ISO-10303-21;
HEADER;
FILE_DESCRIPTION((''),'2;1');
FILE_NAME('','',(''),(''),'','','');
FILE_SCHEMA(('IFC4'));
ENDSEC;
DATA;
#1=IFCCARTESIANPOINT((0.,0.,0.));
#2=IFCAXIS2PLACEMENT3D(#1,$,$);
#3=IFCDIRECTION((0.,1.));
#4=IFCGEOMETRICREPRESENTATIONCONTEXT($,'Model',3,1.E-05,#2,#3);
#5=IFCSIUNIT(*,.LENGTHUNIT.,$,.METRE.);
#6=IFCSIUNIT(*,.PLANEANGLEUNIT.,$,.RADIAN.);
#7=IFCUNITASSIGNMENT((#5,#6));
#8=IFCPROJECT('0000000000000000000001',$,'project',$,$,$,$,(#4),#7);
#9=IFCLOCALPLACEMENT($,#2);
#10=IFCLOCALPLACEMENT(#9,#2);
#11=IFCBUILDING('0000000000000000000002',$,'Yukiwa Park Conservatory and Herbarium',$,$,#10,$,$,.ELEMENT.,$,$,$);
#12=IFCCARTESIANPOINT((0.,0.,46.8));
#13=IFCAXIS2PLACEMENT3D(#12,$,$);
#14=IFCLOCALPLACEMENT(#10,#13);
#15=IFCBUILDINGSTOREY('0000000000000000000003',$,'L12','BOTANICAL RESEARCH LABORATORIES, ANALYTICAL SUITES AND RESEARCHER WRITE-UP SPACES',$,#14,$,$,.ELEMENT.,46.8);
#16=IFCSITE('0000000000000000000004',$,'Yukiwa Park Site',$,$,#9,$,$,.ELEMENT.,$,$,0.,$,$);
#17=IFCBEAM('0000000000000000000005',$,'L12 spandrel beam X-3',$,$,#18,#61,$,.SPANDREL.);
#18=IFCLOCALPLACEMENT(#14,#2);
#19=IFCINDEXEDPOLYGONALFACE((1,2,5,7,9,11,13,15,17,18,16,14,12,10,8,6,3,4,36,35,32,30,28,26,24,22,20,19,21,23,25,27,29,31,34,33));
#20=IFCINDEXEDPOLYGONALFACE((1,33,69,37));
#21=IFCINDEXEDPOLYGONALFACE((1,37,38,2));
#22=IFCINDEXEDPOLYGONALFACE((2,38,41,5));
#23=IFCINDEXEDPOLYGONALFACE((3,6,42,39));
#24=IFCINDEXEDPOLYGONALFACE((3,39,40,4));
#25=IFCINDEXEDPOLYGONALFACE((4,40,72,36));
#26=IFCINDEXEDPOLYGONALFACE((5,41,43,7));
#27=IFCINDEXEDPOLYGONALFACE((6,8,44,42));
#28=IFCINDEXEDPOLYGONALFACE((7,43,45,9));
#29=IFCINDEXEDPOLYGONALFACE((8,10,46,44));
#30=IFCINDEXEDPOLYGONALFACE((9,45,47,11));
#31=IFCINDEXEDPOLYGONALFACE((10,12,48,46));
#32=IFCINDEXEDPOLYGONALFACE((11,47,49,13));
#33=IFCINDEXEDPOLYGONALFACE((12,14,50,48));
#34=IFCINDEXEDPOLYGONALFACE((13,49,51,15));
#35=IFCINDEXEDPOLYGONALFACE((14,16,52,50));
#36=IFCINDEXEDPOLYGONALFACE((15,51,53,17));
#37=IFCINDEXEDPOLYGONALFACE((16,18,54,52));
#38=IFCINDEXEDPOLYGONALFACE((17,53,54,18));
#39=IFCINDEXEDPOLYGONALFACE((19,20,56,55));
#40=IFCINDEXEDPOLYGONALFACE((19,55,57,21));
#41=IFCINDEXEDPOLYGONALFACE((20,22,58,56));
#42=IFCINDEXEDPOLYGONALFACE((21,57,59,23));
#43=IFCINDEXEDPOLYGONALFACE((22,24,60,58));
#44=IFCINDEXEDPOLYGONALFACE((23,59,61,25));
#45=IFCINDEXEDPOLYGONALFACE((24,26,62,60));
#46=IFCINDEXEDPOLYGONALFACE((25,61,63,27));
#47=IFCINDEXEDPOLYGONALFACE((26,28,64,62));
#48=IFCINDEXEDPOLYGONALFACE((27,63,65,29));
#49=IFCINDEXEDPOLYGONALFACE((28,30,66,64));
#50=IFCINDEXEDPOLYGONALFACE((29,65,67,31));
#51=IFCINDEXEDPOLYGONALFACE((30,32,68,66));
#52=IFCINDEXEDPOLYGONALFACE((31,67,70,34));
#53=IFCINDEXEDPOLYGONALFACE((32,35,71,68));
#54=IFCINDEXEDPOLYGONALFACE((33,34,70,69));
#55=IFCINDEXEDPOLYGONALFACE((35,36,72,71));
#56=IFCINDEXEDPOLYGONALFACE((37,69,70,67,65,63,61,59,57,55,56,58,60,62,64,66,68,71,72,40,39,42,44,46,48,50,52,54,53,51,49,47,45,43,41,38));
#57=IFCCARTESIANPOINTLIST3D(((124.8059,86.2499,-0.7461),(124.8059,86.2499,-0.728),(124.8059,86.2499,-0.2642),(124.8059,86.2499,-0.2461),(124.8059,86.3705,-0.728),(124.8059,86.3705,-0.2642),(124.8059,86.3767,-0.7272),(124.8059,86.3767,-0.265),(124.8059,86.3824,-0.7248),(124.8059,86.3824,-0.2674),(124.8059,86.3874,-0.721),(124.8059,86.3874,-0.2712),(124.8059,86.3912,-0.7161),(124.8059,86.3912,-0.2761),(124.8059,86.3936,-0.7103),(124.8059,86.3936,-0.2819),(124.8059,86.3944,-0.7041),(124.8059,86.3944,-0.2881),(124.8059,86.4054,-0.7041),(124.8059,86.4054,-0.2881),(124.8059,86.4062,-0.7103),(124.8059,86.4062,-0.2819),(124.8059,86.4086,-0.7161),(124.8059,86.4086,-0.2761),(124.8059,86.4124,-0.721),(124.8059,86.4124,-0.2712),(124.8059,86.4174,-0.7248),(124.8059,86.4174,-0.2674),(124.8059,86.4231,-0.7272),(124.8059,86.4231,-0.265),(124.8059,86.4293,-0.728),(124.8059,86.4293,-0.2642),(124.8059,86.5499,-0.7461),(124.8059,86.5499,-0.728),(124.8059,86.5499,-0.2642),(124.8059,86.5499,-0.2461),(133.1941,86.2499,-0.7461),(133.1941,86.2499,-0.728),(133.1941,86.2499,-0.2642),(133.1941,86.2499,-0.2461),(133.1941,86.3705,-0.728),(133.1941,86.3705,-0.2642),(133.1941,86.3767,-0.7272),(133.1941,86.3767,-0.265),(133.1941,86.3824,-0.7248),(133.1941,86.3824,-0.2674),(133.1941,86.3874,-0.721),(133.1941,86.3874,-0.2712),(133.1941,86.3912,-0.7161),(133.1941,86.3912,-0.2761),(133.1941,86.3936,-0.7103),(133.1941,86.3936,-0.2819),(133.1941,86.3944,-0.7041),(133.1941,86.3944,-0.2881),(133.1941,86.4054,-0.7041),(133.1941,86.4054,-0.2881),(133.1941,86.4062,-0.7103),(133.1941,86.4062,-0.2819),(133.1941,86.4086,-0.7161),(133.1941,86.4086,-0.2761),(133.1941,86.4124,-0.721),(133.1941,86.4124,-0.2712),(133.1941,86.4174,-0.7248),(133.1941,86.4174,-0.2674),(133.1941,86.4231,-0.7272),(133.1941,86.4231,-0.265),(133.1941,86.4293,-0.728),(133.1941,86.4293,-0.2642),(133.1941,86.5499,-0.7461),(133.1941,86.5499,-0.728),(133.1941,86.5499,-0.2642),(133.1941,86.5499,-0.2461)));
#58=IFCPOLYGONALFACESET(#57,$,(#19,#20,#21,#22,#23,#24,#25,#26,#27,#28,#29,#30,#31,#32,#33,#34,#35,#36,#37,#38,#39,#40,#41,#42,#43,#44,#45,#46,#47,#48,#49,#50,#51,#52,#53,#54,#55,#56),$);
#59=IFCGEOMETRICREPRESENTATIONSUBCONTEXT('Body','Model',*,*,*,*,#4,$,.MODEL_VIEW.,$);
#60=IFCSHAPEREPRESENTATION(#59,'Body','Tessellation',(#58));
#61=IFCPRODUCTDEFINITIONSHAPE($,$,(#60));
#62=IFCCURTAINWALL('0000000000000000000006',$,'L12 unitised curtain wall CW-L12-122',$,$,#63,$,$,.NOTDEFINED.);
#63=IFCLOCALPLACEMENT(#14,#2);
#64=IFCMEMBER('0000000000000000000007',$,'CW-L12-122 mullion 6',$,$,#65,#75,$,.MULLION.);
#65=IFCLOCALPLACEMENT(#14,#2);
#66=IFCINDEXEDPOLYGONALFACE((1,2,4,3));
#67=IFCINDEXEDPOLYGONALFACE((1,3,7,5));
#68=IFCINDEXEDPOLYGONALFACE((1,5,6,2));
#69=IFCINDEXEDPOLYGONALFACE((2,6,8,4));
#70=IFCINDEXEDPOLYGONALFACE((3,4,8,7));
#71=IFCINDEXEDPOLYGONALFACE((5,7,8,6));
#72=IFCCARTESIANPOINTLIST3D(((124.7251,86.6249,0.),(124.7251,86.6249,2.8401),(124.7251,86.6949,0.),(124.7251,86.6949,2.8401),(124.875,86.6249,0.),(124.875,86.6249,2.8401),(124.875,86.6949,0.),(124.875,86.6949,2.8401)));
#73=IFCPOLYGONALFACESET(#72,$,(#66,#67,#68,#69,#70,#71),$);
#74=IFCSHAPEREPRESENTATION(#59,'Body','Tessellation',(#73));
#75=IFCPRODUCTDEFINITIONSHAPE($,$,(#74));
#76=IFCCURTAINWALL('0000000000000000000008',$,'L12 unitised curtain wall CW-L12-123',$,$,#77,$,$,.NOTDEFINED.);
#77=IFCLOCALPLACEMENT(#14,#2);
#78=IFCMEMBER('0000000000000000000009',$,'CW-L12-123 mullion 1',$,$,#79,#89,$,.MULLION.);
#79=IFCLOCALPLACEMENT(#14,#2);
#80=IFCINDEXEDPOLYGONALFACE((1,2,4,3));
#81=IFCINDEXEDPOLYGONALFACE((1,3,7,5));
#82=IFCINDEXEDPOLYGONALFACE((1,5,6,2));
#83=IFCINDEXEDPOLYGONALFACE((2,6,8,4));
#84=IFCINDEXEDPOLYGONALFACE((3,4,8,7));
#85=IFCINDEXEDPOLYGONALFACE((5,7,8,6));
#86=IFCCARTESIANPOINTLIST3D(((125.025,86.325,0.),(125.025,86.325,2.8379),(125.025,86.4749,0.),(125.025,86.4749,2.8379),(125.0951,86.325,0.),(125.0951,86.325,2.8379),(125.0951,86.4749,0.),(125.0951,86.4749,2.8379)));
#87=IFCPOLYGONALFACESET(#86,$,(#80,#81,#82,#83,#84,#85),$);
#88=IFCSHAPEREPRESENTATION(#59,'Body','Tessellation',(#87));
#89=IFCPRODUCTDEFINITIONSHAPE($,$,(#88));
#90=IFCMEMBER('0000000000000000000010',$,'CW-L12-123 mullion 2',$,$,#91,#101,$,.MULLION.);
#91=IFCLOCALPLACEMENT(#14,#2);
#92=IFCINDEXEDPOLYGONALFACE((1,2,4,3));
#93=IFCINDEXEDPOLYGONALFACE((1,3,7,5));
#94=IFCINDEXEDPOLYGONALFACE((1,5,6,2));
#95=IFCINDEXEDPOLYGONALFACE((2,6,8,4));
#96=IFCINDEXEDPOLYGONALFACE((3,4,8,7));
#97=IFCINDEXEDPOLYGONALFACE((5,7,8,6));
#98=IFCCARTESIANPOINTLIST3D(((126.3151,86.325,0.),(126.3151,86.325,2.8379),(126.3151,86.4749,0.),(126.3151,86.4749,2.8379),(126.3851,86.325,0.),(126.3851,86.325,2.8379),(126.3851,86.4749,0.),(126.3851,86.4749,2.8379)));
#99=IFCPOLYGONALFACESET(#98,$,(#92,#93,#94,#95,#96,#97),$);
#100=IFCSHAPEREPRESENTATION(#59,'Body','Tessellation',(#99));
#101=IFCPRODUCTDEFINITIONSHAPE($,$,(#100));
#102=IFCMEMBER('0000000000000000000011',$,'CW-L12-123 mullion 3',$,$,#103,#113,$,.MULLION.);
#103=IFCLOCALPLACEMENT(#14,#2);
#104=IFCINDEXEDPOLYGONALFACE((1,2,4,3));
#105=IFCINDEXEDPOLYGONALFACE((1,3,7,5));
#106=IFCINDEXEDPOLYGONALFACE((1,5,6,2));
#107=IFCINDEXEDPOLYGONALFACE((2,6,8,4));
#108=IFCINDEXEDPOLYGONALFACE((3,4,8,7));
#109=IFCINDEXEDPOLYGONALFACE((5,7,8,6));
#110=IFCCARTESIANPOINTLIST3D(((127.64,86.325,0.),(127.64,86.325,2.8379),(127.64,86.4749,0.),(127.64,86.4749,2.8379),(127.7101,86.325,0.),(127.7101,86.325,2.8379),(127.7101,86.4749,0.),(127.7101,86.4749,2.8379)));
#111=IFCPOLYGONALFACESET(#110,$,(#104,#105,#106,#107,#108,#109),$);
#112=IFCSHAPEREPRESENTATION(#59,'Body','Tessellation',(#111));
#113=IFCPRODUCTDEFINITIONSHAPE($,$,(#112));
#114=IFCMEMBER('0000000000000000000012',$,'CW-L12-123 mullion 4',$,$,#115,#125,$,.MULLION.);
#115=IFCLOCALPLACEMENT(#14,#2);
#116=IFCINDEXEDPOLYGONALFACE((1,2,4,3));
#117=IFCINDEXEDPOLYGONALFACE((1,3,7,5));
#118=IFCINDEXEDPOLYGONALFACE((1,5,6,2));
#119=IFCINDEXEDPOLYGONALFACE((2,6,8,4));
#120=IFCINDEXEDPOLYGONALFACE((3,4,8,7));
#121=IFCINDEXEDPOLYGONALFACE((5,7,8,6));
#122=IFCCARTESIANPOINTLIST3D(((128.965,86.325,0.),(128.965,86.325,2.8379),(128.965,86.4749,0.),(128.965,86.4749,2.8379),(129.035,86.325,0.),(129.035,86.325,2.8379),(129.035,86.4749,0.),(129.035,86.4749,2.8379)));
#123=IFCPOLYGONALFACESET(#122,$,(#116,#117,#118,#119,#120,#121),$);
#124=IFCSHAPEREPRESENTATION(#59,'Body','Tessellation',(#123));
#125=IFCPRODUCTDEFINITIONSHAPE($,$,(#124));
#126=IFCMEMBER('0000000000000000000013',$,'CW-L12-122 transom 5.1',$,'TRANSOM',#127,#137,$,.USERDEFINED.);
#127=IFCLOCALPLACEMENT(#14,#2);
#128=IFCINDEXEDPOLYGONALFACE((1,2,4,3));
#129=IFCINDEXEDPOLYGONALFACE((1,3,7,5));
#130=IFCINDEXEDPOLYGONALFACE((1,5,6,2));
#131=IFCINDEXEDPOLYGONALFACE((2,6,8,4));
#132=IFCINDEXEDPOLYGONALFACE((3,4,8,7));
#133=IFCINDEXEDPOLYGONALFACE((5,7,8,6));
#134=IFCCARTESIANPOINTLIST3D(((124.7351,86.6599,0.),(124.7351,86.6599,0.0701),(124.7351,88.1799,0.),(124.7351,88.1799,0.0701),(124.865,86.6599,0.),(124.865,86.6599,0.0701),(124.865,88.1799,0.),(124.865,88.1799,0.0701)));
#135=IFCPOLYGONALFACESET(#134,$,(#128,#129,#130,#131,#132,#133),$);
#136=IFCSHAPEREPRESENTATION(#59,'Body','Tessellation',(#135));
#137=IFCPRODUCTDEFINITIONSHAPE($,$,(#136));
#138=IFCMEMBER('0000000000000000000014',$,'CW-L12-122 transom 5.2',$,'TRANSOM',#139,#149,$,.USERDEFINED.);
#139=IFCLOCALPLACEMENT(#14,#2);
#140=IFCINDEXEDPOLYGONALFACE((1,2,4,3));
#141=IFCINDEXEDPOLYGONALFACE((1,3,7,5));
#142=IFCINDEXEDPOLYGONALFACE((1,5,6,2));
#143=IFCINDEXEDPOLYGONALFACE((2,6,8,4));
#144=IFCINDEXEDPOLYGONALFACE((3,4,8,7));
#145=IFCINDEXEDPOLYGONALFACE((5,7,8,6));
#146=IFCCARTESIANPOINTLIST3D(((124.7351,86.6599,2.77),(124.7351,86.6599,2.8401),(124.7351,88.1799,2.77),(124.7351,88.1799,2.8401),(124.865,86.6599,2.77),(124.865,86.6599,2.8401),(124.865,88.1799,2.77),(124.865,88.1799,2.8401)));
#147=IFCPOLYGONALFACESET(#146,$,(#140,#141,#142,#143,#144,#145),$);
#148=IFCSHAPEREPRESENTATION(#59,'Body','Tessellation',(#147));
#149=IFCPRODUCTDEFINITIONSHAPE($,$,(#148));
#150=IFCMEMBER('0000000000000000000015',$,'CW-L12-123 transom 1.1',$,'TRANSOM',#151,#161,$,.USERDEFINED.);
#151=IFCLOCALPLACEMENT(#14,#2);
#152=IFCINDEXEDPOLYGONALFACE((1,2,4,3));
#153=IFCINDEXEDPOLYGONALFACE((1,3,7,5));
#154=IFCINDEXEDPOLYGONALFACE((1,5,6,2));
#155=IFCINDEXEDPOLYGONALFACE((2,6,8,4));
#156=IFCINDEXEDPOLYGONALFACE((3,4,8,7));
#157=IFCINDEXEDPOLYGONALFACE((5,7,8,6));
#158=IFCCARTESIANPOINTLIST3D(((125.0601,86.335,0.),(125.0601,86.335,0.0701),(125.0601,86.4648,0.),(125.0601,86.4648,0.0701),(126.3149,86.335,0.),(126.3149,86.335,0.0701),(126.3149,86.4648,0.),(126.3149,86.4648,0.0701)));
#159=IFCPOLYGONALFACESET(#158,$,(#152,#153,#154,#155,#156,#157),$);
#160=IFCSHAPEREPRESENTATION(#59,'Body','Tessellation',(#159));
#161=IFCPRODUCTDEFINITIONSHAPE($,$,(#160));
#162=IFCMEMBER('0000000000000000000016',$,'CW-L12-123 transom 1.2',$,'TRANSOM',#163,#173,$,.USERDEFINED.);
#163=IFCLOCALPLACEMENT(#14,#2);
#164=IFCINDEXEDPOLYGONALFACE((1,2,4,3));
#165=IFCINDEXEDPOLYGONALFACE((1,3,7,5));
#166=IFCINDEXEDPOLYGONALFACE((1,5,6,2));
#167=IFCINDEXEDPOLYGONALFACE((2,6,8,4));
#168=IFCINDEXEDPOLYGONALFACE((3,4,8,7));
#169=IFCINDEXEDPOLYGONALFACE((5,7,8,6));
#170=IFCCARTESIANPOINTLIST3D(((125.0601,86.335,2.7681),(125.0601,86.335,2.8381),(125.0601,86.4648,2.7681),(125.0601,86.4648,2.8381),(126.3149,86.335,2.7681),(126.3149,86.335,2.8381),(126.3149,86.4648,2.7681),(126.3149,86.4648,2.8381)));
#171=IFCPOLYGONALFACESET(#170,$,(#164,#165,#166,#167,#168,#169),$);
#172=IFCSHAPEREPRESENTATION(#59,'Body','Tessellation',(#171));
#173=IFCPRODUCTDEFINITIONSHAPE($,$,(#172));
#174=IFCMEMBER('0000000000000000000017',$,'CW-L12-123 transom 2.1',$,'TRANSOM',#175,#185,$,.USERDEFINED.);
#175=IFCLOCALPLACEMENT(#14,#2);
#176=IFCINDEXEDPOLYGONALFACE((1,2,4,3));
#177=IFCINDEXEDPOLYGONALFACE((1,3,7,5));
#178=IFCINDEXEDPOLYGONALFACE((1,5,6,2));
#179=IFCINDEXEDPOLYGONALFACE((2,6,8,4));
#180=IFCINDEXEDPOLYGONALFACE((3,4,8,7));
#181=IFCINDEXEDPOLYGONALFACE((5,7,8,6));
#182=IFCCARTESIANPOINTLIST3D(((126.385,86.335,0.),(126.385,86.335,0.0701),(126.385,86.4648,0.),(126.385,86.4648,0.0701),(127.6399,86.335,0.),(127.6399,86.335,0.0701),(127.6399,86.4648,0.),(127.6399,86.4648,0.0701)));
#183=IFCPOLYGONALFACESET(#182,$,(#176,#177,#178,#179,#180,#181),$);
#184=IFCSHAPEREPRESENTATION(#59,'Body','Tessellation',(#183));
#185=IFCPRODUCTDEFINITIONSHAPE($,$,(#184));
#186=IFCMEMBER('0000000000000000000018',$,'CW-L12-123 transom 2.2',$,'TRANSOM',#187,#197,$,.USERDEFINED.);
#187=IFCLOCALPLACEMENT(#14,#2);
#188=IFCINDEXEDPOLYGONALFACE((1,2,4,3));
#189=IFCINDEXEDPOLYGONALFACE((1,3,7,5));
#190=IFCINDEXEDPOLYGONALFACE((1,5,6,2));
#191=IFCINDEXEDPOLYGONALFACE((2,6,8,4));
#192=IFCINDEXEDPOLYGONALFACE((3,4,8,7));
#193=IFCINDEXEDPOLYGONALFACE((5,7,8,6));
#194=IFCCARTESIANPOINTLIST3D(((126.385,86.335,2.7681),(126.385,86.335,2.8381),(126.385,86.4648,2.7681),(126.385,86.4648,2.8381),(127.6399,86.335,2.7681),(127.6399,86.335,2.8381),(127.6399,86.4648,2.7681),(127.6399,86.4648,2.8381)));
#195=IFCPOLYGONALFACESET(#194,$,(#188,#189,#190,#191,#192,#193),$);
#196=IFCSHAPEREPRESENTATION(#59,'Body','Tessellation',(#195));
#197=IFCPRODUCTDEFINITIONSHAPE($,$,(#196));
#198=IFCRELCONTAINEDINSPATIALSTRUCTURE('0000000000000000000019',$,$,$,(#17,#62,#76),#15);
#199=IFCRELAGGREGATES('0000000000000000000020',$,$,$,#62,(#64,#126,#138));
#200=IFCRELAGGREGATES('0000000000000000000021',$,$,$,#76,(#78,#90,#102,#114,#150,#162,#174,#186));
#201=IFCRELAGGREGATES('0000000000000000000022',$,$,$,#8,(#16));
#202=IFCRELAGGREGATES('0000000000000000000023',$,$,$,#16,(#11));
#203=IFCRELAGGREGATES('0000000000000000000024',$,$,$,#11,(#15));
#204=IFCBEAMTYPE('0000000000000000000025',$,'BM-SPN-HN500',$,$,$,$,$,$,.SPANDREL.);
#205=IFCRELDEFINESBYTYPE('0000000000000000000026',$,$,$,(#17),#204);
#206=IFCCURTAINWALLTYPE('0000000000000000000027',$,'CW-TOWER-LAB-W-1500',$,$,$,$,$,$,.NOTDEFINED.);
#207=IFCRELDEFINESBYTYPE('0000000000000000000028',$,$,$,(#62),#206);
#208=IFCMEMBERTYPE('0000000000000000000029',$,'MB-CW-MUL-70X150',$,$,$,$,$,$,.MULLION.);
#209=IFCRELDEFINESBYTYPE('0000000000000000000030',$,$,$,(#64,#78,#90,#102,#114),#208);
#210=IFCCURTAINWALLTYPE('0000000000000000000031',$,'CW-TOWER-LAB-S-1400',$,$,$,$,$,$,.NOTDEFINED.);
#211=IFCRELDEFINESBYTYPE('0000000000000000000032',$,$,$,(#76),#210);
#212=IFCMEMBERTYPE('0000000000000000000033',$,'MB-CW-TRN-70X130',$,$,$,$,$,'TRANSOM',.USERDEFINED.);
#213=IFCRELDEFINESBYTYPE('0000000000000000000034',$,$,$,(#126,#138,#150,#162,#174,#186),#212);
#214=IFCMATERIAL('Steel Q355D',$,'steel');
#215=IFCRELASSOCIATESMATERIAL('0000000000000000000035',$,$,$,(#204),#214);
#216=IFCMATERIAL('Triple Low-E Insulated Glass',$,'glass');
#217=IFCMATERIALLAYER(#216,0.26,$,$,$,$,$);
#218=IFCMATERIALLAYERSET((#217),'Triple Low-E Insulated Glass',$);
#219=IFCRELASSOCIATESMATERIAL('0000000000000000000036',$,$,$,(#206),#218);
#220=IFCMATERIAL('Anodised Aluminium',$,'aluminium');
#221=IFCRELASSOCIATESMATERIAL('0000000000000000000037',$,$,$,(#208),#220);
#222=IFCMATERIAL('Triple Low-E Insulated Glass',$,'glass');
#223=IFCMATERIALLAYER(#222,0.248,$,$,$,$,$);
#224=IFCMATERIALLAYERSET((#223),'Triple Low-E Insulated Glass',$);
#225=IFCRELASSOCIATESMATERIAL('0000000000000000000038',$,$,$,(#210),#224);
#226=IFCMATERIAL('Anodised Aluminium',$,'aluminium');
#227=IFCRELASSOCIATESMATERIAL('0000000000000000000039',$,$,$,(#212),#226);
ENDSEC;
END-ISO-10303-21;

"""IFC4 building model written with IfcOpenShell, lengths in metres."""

from ifc_helpers import new_model, si_unit, direction, frame, origin, origin_2d, place, context, subcontext, project, spatial, rectangle, i_section, extrude, material, layer, layer_set, material_profile, profile_set, type_object, element, aggregate, save


model = new_model("IFC4")

# Units and contexts
model_context = context("Model", 3, precision=1e-05, world=origin(), true_north=direction((0.0, 1.0)))
body_context = subcontext(model_context, "Body", "Model", "MODEL_VIEW")
ifc_project = project(units=[si_unit("LENGTHUNIT", "METRE"), si_unit("PLANEANGLEUNIT", "RADIAN")], contexts=[model_context])

# Site, building, storey
site_placement = place(None, origin())
site = spatial("IfcSite", under=ifc_project, at=site_placement, Name="Yukiwa Park Site", CompositionType="ELEMENT", RefElevation=0.0)
building_placement = place(site_placement, origin())
building = spatial("IfcBuilding", under=site, at=building_placement, Name="Yukiwa Park Conservatory and Herbarium", CompositionType="ELEMENT")
storey_placement = place(building_placement, frame((0.0, 0.0, 46.8)))
storey = spatial("IfcBuildingStorey", under=building, at=storey_placement, Name="L12", Description="BOTANICAL RESEARCH LABORATORIES, ANALYTICAL SUITES AND RESEARCHER WRITE-UP SPACES", CompositionType="ELEMENT", Elevation=46.8)

# Beam
ifc_material_1 = material(Name="Steel Q355D", Category="steel")
ifc_material_profile = material_profile(ifc_material_1, i_section(OverallWidth=0.3, OverallDepth=0.5, WebThickness=0.011, FlangeThickness=0.0181, FilletRadius=0.0239, at=origin_2d()), Name="HM 500x300x11x18")
ifc_profile_set = profile_set([ifc_material_profile], Name="Steel Q355D")
beam_type = type_object("IfcBeamType", Name="BM-SPN-HN500", PredefinedType="SPANDREL", material=ifc_profile_set)
beam_placement = place(storey_placement, frame((124.8059, 86.3999, -0.4961), z_axis=(1.0, 0.0, 0.0), x_axis=(0.0, 1.0, 0.0)))
element("IfcBeam", 1, at=beam_placement, inside=storey, type_object=beam_type, Name="L12 spandrel beam X-3", PredefinedType="SPANDREL", context=body_context, shape_type="SweptSolid", body=[
    extrude(i_section(OverallWidth=0.3, OverallDepth=0.5, WebThickness=0.011, FlangeThickness=0.0181, FilletRadius=0.0239, at=origin_2d()), origin(), (0.0, 0.0, 1.0), 8.3882),
])

# Curtain wall, member
ifc_material_2 = material(Name="Triple Low-E Insulated Glass", Category="glass")
ifc_layer_1 = layer(ifc_material_2, 0.26)
ifc_layer_set_1 = layer_set([ifc_layer_1], Name="Triple Low-E Insulated Glass")
curtain_wall_type_1 = type_object("IfcCurtainWallType", Name="CW-TOWER-LAB-W-1500", PredefinedType="NOTDEFINED", material=ifc_layer_set_1)
curtain_wall_1_placement = place(storey_placement, origin())
curtain_wall_1 = element("IfcCurtainWall", 2, at=curtain_wall_1_placement, inside=storey, type_object=curtain_wall_type_1, Name="L12 unitised curtain wall CW-L12-122", PredefinedType="NOTDEFINED")
ifc_material_3 = material(Name="Anodised Aluminium", Category="aluminium")
member_type_1 = type_object("IfcMemberType", Name="MB-CW-MUL-70X150", PredefinedType="MULLION", material=ifc_material_3)
member_1_placement = place(storey_placement, frame((124.8, 86.6599, 0.0), z_axis=(0.0, 0.0, 1.0), x_axis=(0.0, -1.0, 0.0)))
member_1 = element("IfcMember", 3, at=member_1_placement, type_object=member_type_1, Name="CW-L12-122 mullion 6", PredefinedType="MULLION", context=body_context, shape_type="SweptSolid", body=[
    extrude(rectangle(XDim=0.0701, YDim=0.1499, at=origin_2d()), origin(), (0.0, 0.0, 1.0), 2.8401),
])

# Curtain wall, members
ifc_material_4 = material(Name="Triple Low-E Insulated Glass", Category="glass")
ifc_layer_2 = layer(ifc_material_4, 0.248)
ifc_layer_set_2 = layer_set([ifc_layer_2], Name="Triple Low-E Insulated Glass")
curtain_wall_type_2 = type_object("IfcCurtainWallType", Name="CW-TOWER-LAB-S-1400", PredefinedType="NOTDEFINED", material=ifc_layer_set_2)
curtain_wall_2_placement = place(storey_placement, origin())
curtain_wall_2 = element("IfcCurtainWall", 4, at=curtain_wall_2_placement, inside=storey, type_object=curtain_wall_type_2, Name="L12 unitised curtain wall CW-L12-123", PredefinedType="NOTDEFINED")
member_2_placement = place(storey_placement, frame((125.0601, 86.3999, 0.0), z_axis=(0.0, 0.0, 1.0), x_axis=(1.0, 0.0, 0.0)))
member_2 = element("IfcMember", 5, at=member_2_placement, type_object=member_type_1, Name="CW-L12-123 mullion 1", PredefinedType="MULLION", context=body_context, shape_type="SweptSolid", body=[
    extrude(rectangle(XDim=0.0701, YDim=0.1499, at=origin_2d()), origin(), (0.0, 0.0, 1.0), 2.8379),
])
member_3_placement = place(storey_placement, frame((126.3501, 86.3999, 0.0), z_axis=(0.0, 0.0, 1.0), x_axis=(1.0, 0.0, 0.0)))
member_3 = element("IfcMember", 6, at=member_3_placement, type_object=member_type_1, Name="CW-L12-123 mullion 2", PredefinedType="MULLION", context=body_context, shape_type="SweptSolid", body=[
    extrude(rectangle(XDim=0.0701, YDim=0.1499, at=origin_2d()), origin(), (0.0, 0.0, 1.0), 2.8379),
])
member_4_placement = place(storey_placement, frame((127.675, 86.3999, 0.0), z_axis=(0.0, 0.0, 1.0), x_axis=(1.0, 0.0, 0.0)))
member_4 = element("IfcMember", 7, at=member_4_placement, type_object=member_type_1, Name="CW-L12-123 mullion 3", PredefinedType="MULLION", context=body_context, shape_type="SweptSolid", body=[
    extrude(rectangle(XDim=0.0701, YDim=0.1499, at=origin_2d()), origin(), (0.0, 0.0, 1.0), 2.8379),
])
member_5_placement = place(storey_placement, frame((129.0, 86.3999, 0.0), z_axis=(0.0, 0.0, 1.0), x_axis=(1.0, 0.0, 0.0)))
member_5 = element("IfcMember", 8, at=member_5_placement, type_object=member_type_1, Name="CW-L12-123 mullion 4", PredefinedType="MULLION", context=body_context, shape_type="SweptSolid", body=[
    extrude(rectangle(XDim=0.0701, YDim=0.1499, at=origin_2d()), origin(), (0.0, 0.0, 1.0), 2.8379),
])

# Members
ifc_material_5 = material(Name="Anodised Aluminium", Category="aluminium")
member_type_2 = type_object("IfcMemberType", Name="MB-CW-TRN-70X130", ElementType="TRANSOM", PredefinedType="USERDEFINED", material=ifc_material_5)
member_6_placement = place(storey_placement, frame((124.8, 87.4199, 0.0), z_axis=(0.0, 0.0, 1.0), x_axis=(0.0, -1.0, 0.0)))
member_6 = element("IfcMember", 9, at=member_6_placement, type_object=member_type_2, Name="CW-L12-122 transom 5.1", ObjectType="TRANSOM", PredefinedType="USERDEFINED", context=body_context, shape_type="SweptSolid", body=[
    extrude(rectangle(XDim=1.52, YDim=0.1299, at=origin_2d()), origin(), (0.0, 0.0, 1.0), 0.0701),
])
member_7_placement = place(storey_placement, frame((124.8, 87.4199, 2.77), z_axis=(0.0, 0.0, 1.0), x_axis=(0.0, -1.0, 0.0)))
member_7 = element("IfcMember", 10, at=member_7_placement, type_object=member_type_2, Name="CW-L12-122 transom 5.2", ObjectType="TRANSOM", PredefinedType="USERDEFINED", context=body_context, shape_type="SweptSolid", body=[
    extrude(rectangle(XDim=1.52, YDim=0.1299, at=origin_2d()), origin(), (0.0, 0.0, 1.0), 0.0701),
])
member_8_placement = place(storey_placement, frame((125.6875, 86.3999, 0.0), z_axis=(0.0, 0.0, 1.0), x_axis=(1.0, 0.0, 0.0)))
member_8 = element("IfcMember", 11, at=member_8_placement, type_object=member_type_2, Name="CW-L12-123 transom 1.1", ObjectType="TRANSOM", PredefinedType="USERDEFINED", context=body_context, shape_type="SweptSolid", body=[
    extrude(rectangle(XDim=1.2549, YDim=0.1299, at=origin_2d()), origin(), (0.0, 0.0, 1.0), 0.0701),
])
member_9_placement = place(storey_placement, frame((125.6875, 86.3999, 2.7681), z_axis=(0.0, 0.0, 1.0), x_axis=(1.0, 0.0, 0.0)))
member_9 = element("IfcMember", 12, at=member_9_placement, type_object=member_type_2, Name="CW-L12-123 transom 1.2", ObjectType="TRANSOM", PredefinedType="USERDEFINED", context=body_context, shape_type="SweptSolid", body=[
    extrude(rectangle(XDim=1.2549, YDim=0.1299, at=origin_2d()), origin(), (0.0, 0.0, 1.0), 0.0701),
])
member_10_placement = place(storey_placement, frame((127.0125, 86.3999, 0.0), z_axis=(0.0, 0.0, 1.0), x_axis=(1.0, 0.0, 0.0)))
member_10 = element("IfcMember", 13, at=member_10_placement, type_object=member_type_2, Name="CW-L12-123 transom 2.1", ObjectType="TRANSOM", PredefinedType="USERDEFINED", context=body_context, shape_type="SweptSolid", body=[
    extrude(rectangle(XDim=1.2549, YDim=0.1299, at=origin_2d()), origin(), (0.0, 0.0, 1.0), 0.0701),
])
member_11_placement = place(storey_placement, frame((127.0125, 86.3999, 2.7681), z_axis=(0.0, 0.0, 1.0), x_axis=(1.0, 0.0, 0.0)))
member_11 = element("IfcMember", 14, at=member_11_placement, type_object=member_type_2, Name="CW-L12-123 transom 2.2", ObjectType="TRANSOM", PredefinedType="USERDEFINED", context=body_context, shape_type="SweptSolid", body=[
    extrude(rectangle(XDim=1.2549, YDim=0.1299, at=origin_2d()), origin(), (0.0, 0.0, 1.0), 0.0701),
])

aggregate(curtain_wall_1, [member_1, member_6, member_7])
aggregate(curtain_wall_2, [member_2, member_3, member_4, member_5, member_8, member_9, member_10, member_11])

save(model, "model.ifc")
